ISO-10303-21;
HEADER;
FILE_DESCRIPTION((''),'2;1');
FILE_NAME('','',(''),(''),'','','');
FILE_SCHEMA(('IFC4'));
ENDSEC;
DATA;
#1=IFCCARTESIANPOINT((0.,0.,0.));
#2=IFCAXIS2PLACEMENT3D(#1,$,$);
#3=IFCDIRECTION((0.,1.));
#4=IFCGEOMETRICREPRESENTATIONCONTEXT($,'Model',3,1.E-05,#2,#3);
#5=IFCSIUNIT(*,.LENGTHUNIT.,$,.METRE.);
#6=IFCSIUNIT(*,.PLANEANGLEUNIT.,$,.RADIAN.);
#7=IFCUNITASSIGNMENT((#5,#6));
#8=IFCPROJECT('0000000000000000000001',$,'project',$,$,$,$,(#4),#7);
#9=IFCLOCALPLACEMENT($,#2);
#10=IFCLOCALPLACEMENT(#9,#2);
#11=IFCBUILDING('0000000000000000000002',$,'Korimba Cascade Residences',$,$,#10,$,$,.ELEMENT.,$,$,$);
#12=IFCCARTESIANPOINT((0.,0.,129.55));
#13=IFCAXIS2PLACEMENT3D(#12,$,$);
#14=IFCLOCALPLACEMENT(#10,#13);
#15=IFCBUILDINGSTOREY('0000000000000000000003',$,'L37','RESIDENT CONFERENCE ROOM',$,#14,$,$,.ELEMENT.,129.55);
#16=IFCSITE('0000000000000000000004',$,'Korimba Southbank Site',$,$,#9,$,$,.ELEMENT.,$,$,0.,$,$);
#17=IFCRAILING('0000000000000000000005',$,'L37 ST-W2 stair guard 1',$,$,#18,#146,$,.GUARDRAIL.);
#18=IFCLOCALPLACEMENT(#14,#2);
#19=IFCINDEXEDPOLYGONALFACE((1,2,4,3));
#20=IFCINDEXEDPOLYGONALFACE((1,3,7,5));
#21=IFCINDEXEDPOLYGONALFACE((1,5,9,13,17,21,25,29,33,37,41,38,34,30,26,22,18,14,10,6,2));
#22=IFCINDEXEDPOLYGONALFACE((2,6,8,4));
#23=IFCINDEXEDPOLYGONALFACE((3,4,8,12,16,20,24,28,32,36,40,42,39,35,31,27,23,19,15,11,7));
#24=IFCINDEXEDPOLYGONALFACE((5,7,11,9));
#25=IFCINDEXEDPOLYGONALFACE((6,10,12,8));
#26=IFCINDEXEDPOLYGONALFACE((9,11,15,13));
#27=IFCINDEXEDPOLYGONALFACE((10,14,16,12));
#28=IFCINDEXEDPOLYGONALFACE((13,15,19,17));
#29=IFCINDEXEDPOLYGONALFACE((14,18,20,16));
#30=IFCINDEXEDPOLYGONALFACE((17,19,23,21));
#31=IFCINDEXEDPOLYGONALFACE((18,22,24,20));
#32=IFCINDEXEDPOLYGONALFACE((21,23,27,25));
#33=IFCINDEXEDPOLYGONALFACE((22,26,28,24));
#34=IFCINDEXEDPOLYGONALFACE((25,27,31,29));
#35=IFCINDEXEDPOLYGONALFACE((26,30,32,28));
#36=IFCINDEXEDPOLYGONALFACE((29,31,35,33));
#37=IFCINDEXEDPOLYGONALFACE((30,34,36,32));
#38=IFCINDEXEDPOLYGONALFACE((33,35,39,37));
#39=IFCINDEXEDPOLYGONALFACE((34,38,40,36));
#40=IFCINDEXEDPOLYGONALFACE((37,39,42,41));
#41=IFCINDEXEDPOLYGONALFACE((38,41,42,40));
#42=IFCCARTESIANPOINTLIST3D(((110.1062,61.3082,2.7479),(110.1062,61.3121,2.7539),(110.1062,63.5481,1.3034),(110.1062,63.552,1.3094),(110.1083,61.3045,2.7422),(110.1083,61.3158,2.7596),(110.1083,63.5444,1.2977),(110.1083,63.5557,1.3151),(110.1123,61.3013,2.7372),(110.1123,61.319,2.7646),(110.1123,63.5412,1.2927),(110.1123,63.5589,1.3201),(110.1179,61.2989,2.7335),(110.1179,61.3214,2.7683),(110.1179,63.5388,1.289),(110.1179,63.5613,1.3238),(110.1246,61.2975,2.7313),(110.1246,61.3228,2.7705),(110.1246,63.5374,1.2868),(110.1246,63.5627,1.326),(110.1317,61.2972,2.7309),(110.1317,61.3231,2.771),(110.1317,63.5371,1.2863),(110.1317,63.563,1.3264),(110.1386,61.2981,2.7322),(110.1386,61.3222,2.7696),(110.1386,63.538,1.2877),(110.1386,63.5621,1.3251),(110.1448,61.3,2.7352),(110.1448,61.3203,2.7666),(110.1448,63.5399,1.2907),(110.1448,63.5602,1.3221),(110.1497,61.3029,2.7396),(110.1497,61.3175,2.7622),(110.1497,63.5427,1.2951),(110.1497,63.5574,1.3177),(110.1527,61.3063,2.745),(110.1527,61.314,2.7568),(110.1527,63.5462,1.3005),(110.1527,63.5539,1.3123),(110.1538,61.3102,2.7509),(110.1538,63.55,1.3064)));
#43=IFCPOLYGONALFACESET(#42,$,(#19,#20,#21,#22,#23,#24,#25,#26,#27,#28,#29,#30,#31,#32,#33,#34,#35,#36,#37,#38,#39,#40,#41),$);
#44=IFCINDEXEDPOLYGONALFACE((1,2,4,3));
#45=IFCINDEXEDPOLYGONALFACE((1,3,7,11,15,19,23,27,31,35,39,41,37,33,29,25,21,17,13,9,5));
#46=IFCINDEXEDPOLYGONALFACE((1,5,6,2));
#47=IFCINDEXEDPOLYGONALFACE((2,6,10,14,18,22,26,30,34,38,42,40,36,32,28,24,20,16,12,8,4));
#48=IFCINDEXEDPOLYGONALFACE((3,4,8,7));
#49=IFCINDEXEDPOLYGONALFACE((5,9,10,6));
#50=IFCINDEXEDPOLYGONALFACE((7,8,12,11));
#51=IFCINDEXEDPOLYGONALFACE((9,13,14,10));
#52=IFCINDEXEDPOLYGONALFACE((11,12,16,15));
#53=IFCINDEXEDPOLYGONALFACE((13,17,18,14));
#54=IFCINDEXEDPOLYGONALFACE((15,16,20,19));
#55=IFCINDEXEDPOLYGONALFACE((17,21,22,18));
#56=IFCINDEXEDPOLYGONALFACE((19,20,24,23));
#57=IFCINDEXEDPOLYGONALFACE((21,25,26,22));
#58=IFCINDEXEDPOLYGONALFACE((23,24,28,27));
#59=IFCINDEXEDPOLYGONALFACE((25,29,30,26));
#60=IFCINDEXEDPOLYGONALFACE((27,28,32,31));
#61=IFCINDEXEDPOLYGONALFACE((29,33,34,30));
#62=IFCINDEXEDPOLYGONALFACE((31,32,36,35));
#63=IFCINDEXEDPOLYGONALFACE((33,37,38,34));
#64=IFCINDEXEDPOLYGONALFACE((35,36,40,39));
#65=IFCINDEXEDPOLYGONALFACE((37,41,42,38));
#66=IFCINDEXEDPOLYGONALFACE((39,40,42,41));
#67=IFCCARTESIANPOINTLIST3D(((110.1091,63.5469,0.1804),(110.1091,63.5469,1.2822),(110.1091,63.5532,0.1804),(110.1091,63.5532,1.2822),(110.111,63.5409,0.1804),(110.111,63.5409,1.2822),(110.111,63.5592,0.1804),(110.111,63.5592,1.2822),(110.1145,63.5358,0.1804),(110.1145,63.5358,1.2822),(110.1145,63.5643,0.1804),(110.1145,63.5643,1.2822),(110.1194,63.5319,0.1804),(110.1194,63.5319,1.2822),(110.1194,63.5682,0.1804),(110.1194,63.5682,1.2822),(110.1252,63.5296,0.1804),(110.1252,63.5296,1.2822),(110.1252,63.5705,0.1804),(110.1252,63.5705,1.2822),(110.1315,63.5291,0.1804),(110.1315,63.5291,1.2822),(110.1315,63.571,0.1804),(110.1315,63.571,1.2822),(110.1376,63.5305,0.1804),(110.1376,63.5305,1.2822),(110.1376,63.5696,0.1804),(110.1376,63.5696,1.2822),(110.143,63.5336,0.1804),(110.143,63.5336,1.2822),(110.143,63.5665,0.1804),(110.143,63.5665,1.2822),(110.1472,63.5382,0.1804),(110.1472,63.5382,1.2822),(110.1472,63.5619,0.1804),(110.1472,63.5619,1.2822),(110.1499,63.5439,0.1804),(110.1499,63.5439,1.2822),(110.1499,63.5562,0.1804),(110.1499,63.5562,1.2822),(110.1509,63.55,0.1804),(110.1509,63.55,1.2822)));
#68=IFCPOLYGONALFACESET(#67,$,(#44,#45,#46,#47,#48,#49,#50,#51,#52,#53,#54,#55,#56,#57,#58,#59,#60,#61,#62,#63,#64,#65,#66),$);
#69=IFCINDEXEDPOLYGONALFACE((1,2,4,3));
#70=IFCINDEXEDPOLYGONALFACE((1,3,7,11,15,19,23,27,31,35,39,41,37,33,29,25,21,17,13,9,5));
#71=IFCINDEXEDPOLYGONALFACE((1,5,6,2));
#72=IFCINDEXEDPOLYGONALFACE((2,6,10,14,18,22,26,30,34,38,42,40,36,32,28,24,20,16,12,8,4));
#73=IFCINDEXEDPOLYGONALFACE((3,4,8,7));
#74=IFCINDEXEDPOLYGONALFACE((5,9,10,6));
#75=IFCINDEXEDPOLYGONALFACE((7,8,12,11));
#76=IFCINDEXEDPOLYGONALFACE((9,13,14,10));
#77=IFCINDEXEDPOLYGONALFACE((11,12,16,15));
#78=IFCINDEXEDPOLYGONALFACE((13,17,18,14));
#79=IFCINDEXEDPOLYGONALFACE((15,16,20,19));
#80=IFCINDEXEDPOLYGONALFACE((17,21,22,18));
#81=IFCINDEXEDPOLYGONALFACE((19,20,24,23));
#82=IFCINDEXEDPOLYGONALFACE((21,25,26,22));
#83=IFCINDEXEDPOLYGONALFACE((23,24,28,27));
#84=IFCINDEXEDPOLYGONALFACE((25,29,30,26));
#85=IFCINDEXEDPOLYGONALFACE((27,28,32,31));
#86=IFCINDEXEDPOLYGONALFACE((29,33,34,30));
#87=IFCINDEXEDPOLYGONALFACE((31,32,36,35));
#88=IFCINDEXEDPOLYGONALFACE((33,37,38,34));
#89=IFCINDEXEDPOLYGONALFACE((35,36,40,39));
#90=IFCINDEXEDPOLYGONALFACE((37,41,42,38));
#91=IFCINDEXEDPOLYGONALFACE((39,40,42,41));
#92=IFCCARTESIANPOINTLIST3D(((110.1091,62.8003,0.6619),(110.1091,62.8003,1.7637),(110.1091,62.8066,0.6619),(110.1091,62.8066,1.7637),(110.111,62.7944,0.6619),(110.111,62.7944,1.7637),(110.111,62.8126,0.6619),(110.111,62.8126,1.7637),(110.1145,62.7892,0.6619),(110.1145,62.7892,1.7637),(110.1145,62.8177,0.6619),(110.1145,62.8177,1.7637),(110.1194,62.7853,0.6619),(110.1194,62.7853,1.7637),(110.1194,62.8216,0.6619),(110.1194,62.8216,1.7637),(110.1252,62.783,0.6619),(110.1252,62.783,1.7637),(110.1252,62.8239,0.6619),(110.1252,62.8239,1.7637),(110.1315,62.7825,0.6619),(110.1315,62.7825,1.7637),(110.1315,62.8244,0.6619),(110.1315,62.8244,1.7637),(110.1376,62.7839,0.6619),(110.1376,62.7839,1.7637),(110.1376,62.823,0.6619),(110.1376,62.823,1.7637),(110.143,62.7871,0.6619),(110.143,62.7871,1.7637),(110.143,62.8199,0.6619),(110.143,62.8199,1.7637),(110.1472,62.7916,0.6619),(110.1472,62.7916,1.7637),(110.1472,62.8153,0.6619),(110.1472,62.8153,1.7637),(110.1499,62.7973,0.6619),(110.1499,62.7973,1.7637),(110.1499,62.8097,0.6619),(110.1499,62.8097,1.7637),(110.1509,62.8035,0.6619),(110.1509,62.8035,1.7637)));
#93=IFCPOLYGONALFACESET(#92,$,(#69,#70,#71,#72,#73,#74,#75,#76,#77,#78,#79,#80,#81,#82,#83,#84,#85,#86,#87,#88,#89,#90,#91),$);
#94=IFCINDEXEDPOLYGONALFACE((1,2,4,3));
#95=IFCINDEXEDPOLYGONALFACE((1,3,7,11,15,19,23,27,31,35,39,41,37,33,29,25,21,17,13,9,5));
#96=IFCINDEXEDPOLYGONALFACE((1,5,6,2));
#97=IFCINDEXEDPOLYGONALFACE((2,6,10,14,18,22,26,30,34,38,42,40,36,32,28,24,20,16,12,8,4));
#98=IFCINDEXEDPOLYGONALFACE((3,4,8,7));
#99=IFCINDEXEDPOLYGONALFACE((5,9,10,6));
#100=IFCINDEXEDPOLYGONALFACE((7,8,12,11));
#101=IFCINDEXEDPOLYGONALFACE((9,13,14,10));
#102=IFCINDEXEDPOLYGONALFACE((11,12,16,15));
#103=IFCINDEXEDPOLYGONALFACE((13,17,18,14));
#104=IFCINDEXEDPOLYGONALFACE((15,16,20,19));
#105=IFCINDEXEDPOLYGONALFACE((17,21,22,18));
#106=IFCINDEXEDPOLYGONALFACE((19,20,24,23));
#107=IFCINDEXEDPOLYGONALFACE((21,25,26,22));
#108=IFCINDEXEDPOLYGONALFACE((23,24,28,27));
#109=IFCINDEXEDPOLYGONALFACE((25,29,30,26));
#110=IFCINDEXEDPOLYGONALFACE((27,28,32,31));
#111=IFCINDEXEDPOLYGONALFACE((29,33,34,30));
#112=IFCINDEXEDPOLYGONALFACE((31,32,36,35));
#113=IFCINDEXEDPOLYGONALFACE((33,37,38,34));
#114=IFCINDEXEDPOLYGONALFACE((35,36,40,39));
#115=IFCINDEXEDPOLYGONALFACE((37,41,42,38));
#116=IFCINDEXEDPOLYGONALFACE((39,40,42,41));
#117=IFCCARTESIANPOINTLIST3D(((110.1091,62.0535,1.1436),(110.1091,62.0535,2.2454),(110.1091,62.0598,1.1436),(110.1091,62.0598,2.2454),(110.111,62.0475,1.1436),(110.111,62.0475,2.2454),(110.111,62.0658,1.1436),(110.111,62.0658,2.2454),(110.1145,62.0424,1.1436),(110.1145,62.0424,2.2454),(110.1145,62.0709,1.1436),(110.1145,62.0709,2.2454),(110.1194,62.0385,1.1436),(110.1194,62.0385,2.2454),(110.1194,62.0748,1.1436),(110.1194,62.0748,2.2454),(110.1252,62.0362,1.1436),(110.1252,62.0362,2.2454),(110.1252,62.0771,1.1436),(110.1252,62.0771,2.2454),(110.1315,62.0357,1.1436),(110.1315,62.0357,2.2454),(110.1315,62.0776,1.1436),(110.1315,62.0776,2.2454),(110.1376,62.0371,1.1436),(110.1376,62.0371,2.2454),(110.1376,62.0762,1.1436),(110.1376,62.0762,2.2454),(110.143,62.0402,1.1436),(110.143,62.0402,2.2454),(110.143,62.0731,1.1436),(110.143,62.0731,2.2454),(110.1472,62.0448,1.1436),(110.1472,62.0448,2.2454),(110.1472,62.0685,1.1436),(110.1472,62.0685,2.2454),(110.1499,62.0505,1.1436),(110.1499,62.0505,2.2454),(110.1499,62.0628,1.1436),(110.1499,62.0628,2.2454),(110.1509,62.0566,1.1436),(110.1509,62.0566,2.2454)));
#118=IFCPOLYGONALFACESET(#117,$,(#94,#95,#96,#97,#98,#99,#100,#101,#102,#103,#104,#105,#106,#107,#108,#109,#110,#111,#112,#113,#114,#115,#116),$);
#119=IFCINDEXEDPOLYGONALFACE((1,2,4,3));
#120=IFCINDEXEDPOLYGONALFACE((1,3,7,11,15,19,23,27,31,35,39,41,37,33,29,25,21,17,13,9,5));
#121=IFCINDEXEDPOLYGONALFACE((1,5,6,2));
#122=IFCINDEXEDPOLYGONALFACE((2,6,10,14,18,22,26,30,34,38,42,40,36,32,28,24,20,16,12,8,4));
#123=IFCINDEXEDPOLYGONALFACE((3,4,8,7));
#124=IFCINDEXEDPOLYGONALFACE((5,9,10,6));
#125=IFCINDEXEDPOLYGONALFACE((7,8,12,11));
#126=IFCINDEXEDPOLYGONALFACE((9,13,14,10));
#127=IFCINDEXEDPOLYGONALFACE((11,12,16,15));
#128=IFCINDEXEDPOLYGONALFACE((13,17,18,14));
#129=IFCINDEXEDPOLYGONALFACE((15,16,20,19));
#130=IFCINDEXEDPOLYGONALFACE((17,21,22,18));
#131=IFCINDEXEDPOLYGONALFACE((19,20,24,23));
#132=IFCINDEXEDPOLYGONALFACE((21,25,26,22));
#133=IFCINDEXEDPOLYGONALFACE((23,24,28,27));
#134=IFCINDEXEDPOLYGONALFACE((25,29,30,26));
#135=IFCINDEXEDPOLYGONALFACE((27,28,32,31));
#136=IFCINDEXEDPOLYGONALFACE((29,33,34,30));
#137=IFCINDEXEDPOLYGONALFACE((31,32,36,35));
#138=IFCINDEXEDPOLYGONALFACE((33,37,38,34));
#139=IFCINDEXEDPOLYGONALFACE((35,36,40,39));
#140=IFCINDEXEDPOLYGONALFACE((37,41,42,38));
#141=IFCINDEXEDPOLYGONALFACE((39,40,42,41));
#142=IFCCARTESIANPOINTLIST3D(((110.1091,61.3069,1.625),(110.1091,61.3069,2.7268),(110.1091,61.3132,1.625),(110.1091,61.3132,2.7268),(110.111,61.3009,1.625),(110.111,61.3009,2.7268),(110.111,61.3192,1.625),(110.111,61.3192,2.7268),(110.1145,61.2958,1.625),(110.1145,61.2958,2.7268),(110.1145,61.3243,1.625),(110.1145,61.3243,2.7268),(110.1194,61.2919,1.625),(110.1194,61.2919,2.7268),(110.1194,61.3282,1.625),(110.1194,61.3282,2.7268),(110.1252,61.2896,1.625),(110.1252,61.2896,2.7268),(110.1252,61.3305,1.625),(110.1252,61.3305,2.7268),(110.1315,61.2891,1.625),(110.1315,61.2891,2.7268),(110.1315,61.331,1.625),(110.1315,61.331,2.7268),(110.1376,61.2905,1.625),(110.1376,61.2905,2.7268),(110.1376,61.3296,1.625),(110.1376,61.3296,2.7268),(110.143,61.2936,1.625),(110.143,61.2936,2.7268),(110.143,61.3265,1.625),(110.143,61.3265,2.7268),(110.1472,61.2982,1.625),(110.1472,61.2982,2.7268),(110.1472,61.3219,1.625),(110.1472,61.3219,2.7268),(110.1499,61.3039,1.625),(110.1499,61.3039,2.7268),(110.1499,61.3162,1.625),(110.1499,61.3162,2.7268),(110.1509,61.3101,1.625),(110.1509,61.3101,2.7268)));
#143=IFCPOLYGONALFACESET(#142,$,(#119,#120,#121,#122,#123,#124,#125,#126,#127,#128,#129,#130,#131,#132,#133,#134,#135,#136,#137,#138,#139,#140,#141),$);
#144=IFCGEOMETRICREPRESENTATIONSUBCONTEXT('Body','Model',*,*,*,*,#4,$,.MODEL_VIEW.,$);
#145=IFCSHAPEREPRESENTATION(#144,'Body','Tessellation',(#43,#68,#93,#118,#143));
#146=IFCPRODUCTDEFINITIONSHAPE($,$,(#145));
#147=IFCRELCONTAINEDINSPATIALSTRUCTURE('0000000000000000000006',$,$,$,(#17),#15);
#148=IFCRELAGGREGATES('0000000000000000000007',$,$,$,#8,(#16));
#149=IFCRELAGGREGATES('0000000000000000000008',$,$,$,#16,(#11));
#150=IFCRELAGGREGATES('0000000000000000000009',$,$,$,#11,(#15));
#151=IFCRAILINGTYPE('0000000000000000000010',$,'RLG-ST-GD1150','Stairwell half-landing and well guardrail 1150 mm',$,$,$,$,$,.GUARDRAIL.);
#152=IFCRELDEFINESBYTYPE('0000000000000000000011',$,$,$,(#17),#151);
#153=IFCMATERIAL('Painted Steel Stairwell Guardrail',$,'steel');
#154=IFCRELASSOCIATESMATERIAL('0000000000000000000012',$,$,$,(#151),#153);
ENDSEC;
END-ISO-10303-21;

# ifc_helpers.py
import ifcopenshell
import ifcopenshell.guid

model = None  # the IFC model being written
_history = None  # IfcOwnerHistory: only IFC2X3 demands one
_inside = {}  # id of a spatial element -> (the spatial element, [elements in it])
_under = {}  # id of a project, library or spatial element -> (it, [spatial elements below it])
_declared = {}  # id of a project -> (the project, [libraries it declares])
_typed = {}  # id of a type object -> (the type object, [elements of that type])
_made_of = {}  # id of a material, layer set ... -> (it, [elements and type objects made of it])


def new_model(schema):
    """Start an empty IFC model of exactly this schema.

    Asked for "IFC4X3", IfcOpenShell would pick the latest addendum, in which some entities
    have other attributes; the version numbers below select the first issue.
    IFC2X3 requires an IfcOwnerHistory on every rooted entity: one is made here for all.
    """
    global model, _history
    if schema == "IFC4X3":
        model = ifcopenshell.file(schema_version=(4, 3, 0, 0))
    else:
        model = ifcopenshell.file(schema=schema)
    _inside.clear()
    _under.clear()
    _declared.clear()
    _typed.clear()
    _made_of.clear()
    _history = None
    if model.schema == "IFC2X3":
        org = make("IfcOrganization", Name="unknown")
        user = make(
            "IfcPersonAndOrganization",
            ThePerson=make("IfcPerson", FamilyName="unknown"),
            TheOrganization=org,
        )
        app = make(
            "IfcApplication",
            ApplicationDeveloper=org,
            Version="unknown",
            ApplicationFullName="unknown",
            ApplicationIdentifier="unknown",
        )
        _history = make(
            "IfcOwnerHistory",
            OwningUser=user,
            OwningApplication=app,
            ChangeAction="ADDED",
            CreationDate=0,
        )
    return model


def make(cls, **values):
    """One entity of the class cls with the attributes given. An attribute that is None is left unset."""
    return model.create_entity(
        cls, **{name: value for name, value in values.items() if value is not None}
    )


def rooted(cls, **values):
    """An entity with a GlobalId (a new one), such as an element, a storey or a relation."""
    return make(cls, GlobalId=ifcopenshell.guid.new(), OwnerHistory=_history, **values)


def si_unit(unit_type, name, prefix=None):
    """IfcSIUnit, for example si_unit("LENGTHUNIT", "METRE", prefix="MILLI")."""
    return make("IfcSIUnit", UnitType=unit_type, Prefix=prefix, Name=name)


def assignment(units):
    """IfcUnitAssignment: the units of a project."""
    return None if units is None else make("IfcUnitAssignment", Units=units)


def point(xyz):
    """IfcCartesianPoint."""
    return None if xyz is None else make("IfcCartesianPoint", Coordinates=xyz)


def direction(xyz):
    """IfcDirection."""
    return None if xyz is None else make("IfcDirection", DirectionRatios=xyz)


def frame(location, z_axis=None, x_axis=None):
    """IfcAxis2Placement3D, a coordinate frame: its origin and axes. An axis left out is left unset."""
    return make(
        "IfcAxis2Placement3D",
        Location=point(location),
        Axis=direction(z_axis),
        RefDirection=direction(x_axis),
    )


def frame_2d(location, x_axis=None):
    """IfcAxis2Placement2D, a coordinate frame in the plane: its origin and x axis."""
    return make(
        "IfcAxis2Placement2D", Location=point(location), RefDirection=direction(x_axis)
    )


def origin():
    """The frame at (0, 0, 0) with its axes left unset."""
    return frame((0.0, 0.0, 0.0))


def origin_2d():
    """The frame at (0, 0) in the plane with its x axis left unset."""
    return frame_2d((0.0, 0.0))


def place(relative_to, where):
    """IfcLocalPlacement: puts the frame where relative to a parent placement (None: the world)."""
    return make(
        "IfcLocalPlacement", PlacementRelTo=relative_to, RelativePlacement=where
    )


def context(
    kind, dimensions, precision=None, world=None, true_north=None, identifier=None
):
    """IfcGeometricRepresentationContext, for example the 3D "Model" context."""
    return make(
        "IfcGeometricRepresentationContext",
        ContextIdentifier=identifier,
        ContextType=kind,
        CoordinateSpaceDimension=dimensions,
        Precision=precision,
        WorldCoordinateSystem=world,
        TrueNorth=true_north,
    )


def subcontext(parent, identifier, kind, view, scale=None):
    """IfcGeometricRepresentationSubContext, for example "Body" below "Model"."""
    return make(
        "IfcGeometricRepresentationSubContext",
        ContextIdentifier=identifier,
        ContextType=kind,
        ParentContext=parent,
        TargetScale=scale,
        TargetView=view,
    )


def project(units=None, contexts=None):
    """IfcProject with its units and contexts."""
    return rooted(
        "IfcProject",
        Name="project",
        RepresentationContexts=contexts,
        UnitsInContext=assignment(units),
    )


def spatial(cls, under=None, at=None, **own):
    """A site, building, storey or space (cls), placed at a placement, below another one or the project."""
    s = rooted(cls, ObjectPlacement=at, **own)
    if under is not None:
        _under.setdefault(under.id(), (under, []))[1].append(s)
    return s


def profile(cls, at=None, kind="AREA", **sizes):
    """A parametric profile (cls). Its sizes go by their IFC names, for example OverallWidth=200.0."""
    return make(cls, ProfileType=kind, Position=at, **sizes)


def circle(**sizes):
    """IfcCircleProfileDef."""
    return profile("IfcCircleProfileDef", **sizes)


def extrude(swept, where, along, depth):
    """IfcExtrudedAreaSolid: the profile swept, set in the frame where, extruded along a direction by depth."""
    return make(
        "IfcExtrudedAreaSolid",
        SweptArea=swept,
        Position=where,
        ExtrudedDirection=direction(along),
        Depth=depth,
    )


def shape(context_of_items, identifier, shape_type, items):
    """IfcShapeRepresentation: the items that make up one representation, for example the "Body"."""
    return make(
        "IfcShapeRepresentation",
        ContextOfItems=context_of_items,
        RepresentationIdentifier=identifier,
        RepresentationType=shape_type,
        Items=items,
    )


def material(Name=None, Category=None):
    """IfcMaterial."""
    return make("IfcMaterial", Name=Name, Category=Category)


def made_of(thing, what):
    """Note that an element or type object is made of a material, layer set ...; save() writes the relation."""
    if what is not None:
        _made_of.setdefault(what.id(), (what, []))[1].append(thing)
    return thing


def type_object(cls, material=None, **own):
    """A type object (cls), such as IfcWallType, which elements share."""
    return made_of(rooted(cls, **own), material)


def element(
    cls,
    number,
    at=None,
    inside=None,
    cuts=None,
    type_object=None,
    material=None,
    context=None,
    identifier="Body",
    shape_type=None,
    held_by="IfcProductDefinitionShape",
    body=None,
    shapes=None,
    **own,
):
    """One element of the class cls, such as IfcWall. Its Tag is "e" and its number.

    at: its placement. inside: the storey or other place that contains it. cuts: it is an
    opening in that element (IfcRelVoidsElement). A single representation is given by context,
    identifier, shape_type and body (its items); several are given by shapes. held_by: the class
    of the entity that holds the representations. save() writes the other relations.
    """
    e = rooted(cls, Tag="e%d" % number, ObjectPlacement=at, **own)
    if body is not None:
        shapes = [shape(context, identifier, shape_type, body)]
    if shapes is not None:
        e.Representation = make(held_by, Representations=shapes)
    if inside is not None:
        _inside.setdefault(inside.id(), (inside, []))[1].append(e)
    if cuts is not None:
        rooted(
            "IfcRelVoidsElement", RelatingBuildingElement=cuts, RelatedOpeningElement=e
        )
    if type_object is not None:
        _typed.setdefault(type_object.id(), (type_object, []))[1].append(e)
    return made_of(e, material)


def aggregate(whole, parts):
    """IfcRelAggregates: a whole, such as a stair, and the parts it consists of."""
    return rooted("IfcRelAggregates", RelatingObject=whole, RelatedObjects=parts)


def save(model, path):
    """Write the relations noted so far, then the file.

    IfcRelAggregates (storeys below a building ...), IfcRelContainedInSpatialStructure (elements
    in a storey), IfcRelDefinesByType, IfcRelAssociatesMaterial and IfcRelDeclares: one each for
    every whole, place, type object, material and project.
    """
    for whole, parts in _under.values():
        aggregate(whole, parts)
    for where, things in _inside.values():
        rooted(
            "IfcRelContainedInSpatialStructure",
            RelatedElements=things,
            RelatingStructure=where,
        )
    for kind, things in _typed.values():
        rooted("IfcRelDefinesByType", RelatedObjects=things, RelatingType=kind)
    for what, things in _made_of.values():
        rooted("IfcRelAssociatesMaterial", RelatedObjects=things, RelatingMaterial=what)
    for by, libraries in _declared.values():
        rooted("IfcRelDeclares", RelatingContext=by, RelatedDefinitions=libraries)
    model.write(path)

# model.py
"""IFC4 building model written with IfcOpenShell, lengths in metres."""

from ifc_helpers import new_model, si_unit, direction, frame, origin, origin_2d, place, context, subcontext, project, spatial, circle, extrude, material, type_object, element, save


model = new_model("IFC4")

# Units and contexts
model_context = context("Model", 3, precision=1e-05, world=origin(), true_north=direction((0.0, 1.0)))
body_context = subcontext(model_context, "Body", "Model", "MODEL_VIEW")
ifc_project = project(units=[si_unit("LENGTHUNIT", "METRE"), si_unit("PLANEANGLEUNIT", "RADIAN")], contexts=[model_context])

# Site, building, storey
site_placement = place(None, origin())
site = spatial("IfcSite", under=ifc_project, at=site_placement, Name="Korimba Southbank Site", CompositionType="ELEMENT", RefElevation=0.0)
building_placement = place(site_placement, origin())
building = spatial("IfcBuilding", under=site, at=building_placement, Name="Korimba Cascade Residences", CompositionType="ELEMENT")
storey_placement = place(building_placement, frame((0.0, 0.0, 129.55)))
storey = spatial("IfcBuildingStorey", under=building, at=storey_placement, Name="L37", Description="RESIDENT CONFERENCE ROOM", CompositionType="ELEMENT", Elevation=129.55)

# Railing
ifc_material_1 = material(Name="Painted Steel Stairwell Guardrail", Category="steel")
railing_type_1 = type_object("IfcRailingType", Name="RLG-ST-GD1150", Description="Stairwell half-landing and well guardrail 1150 mm", PredefinedType="GUARDRAIL", material=ifc_material_1)
railing_1_placement = place(storey_placement, frame((110.1299, 63.55, 0.1804)))
element("IfcRailing", 1, at=railing_1_placement, inside=storey, type_object=railing_type_1, Name="L37 ST-W2 stair guard 1", PredefinedType="GUARDRAIL", context=body_context, shape_type="SweptSolid", body=[
    extrude(circle(Radius=0.0239, at=origin_2d()), frame((0.0, 0.0, 1.126), z_axis=(0.0, -0.840395, 0.541975), x_axis=(1.0, 0.0, 0.0)), (0.0, 0.0, 1.0), 2.6653),
    extrude(circle(Radius=0.021, at=origin_2d()), origin(), (0.0, 0.0, 1.0), 1.1018),
    extrude(circle(Radius=0.021, at=origin_2d()), frame((0.0, -0.7466, 0.4814)), (0.0, 0.0, 1.0), 1.1018),
    extrude(circle(Radius=0.021, at=origin_2d()), frame((0.0, -1.4934, 0.9631)), (0.0, 0.0, 1.0), 1.1018),
    extrude(circle(Radius=0.021, at=origin_2d()), frame((0.0, -2.24, 1.4446)), (0.0, 0.0, 1.0), 1.1018),
])

save(model, "model.ifc")
